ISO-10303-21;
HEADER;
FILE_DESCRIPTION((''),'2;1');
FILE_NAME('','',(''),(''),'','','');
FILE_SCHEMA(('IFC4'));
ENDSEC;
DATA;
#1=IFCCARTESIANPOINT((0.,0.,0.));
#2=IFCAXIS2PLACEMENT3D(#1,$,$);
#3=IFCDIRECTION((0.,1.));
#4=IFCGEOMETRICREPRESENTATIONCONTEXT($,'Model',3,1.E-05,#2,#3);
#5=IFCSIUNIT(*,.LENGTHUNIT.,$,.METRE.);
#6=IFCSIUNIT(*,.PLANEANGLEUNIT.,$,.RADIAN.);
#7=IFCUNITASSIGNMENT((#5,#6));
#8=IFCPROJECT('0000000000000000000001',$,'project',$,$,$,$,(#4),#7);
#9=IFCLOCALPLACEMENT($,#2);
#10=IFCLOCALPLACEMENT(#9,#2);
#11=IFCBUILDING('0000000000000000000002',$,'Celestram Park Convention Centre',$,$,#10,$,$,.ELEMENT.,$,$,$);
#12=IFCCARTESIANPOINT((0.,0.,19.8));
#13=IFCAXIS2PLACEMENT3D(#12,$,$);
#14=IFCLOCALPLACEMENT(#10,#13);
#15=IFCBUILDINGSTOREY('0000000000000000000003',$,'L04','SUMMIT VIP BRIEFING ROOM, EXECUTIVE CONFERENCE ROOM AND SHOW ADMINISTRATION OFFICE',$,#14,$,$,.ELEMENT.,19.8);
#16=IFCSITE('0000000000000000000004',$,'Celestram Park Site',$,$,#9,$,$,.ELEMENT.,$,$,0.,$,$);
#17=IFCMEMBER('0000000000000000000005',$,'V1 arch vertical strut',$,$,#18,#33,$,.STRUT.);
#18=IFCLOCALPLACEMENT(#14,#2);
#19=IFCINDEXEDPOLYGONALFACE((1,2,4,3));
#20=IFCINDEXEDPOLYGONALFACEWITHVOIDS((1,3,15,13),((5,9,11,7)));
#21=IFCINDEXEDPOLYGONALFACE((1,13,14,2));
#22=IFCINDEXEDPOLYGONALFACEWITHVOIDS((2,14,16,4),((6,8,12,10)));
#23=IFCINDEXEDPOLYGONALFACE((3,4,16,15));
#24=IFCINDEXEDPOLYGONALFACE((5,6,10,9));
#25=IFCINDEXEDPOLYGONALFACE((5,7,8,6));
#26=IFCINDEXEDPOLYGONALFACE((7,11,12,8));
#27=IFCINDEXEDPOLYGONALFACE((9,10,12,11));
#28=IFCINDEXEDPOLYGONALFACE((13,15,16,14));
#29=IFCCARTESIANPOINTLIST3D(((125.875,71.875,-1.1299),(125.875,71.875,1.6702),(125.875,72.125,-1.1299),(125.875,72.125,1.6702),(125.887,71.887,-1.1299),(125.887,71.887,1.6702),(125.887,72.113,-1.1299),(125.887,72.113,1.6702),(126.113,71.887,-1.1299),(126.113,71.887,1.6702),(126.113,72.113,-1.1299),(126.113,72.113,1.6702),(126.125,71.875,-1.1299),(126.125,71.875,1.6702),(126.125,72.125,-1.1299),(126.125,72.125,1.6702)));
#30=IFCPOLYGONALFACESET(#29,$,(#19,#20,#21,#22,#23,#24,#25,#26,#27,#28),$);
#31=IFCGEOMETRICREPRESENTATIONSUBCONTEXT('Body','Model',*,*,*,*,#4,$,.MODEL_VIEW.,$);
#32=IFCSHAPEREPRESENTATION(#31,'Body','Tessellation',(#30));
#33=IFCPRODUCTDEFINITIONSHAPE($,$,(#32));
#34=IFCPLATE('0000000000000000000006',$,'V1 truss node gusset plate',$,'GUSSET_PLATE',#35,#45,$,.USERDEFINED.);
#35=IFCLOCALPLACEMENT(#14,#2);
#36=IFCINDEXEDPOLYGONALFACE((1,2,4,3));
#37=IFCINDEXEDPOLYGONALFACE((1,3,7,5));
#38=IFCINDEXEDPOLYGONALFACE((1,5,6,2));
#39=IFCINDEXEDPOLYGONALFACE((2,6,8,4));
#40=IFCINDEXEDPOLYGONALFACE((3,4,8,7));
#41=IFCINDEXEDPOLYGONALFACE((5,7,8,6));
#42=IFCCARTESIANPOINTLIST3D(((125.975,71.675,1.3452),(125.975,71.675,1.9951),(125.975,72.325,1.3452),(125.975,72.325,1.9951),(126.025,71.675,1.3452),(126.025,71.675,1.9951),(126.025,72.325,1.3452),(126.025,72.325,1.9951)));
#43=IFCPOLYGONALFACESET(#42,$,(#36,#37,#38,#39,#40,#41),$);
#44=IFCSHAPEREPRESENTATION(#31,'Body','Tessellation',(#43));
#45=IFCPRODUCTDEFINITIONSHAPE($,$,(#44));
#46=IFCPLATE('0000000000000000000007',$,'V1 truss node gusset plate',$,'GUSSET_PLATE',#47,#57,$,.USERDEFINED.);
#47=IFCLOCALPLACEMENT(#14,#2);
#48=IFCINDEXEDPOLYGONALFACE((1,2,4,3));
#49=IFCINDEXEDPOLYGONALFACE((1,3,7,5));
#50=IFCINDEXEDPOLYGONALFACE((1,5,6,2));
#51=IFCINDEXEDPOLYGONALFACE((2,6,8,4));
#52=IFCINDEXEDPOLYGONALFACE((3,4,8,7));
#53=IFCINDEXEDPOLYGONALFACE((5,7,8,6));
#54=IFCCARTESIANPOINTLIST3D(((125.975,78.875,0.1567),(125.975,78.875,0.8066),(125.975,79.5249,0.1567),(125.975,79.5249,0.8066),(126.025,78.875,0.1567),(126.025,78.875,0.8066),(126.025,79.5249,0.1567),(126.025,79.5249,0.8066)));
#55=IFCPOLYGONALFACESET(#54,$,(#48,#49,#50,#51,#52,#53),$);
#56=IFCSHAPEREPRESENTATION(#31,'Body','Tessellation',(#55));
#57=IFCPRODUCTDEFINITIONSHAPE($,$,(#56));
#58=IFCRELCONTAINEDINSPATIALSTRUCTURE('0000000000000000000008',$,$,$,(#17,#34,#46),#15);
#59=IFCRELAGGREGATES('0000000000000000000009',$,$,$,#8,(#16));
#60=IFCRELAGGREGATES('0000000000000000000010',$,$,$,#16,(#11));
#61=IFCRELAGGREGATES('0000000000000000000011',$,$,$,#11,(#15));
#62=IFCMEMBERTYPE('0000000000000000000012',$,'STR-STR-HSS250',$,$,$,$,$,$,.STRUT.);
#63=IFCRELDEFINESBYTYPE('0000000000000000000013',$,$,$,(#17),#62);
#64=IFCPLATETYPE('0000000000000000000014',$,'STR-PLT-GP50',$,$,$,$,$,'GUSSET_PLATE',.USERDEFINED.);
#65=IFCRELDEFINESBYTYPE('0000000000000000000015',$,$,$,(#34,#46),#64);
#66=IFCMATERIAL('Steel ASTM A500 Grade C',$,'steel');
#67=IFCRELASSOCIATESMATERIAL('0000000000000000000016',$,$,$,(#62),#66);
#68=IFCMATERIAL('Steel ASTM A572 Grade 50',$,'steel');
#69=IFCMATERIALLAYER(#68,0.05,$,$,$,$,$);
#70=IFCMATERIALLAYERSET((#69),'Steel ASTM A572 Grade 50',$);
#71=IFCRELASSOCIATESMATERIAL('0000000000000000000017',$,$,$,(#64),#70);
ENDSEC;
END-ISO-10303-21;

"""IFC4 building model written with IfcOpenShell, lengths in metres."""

from ifc_helpers import new_model, si_unit, direction, frame, origin, origin_2d, place, context, subcontext, project, spatial, rectangle, hollow_rectangle, extrude, material, layer, layer_set, material_profile, profile_set, type_object, element, save


model = new_model("IFC4")

# Units and contexts
model_context = context("Model", 3, precision=1e-05, world=origin(), true_north=direction((0.0, 1.0)))
body_context = subcontext(model_context, "Body", "Model", "MODEL_VIEW")
ifc_project = project(units=[si_unit("LENGTHUNIT", "METRE"), si_unit("PLANEANGLEUNIT", "RADIAN")], contexts=[model_context])

# Site, building, storey
site_placement = place(None, origin())
site = spatial("IfcSite", under=ifc_project, at=site_placement, Name="Celestram Park Site", CompositionType="ELEMENT", RefElevation=0.0)
building_placement = place(site_placement, origin())
building = spatial("IfcBuilding", under=site, at=building_placement, Name="Celestram Park Convention Centre", CompositionType="ELEMENT")
storey_placement = place(building_placement, frame((0.0, 0.0, 19.8)))
storey = spatial("IfcBuildingStorey", under=building, at=storey_placement, Name="L04", Description="SUMMIT VIP BRIEFING ROOM, EXECUTIVE CONFERENCE ROOM AND SHOW ADMINISTRATION OFFICE", CompositionType="ELEMENT", Elevation=19.8)

# Shared definitions
ifc_material_1 = material(Name="Steel ASTM A500 Grade C", Category="steel")

# Member
ifc_material_profile_1 = material_profile(ifc_material_1, hollow_rectangle(XDim=0.25, YDim=0.25, WallThickness=0.012, at=origin_2d()), Name="HSS250X250X12")
ifc_profile_set_1 = profile_set([ifc_material_profile_1], Name="Steel ASTM A500 Grade C")
member_type_1 = type_object("IfcMemberType", Name="STR-STR-HSS250", PredefinedType="STRUT", material=ifc_profile_set_1)
member_1_placement = place(storey_placement, frame((126.0, 72.0, -1.1299), z_axis=(0.0, 0.0, 1.0), x_axis=(1.0, 0.0, 0.0)))
element("IfcMember", 1, at=member_1_placement, inside=storey, type_object=member_type_1, Name="V1 arch vertical strut", PredefinedType="STRUT", context=body_context, shape_type="SweptSolid", body=[
    extrude(hollow_rectangle(XDim=0.25, YDim=0.25, WallThickness=0.012, at=origin_2d()), origin(), (0.0, 0.0, 1.0), 2.8),
])

# Plates
ifc_material_2 = material(Name="Steel ASTM A572 Grade 50", Category="steel")
ifc_layer = layer(ifc_material_2, 0.05)
ifc_layer_set = layer_set([ifc_layer], Name="Steel ASTM A572 Grade 50")
plate_type = type_object("IfcPlateType", Name="STR-PLT-GP50", ElementType="GUSSET_PLATE", PredefinedType="USERDEFINED", material=ifc_layer_set)
for number, where, z_axis, x_axis, name in (
    (2, (126.0, 72.0, 1.3452), (0.0, 0.0, 1.0), (0.0, 1.0, 0.0), "V1 truss node gusset plate"),
    (3, (126.0, 79.2, 0.1567), (0.0, 0.0, 1.0), (0.0, 1.0, 0.0), "V1 truss node gusset plate"),
):
    element("IfcPlate", number, at=place(storey_placement, frame(where, z_axis=z_axis, x_axis=x_axis)), inside=storey, type_object=plate_type, Name=name, ObjectType="GUSSET_PLATE", PredefinedType="USERDEFINED", context=body_context, shape_type="SweptSolid", body=[
        extrude(rectangle(XDim=0.6499, YDim=0.05, at=origin_2d()), origin(), (0.0, 0.0, 1.0), 0.6499),
    ])

save(model, "model.ifc")
